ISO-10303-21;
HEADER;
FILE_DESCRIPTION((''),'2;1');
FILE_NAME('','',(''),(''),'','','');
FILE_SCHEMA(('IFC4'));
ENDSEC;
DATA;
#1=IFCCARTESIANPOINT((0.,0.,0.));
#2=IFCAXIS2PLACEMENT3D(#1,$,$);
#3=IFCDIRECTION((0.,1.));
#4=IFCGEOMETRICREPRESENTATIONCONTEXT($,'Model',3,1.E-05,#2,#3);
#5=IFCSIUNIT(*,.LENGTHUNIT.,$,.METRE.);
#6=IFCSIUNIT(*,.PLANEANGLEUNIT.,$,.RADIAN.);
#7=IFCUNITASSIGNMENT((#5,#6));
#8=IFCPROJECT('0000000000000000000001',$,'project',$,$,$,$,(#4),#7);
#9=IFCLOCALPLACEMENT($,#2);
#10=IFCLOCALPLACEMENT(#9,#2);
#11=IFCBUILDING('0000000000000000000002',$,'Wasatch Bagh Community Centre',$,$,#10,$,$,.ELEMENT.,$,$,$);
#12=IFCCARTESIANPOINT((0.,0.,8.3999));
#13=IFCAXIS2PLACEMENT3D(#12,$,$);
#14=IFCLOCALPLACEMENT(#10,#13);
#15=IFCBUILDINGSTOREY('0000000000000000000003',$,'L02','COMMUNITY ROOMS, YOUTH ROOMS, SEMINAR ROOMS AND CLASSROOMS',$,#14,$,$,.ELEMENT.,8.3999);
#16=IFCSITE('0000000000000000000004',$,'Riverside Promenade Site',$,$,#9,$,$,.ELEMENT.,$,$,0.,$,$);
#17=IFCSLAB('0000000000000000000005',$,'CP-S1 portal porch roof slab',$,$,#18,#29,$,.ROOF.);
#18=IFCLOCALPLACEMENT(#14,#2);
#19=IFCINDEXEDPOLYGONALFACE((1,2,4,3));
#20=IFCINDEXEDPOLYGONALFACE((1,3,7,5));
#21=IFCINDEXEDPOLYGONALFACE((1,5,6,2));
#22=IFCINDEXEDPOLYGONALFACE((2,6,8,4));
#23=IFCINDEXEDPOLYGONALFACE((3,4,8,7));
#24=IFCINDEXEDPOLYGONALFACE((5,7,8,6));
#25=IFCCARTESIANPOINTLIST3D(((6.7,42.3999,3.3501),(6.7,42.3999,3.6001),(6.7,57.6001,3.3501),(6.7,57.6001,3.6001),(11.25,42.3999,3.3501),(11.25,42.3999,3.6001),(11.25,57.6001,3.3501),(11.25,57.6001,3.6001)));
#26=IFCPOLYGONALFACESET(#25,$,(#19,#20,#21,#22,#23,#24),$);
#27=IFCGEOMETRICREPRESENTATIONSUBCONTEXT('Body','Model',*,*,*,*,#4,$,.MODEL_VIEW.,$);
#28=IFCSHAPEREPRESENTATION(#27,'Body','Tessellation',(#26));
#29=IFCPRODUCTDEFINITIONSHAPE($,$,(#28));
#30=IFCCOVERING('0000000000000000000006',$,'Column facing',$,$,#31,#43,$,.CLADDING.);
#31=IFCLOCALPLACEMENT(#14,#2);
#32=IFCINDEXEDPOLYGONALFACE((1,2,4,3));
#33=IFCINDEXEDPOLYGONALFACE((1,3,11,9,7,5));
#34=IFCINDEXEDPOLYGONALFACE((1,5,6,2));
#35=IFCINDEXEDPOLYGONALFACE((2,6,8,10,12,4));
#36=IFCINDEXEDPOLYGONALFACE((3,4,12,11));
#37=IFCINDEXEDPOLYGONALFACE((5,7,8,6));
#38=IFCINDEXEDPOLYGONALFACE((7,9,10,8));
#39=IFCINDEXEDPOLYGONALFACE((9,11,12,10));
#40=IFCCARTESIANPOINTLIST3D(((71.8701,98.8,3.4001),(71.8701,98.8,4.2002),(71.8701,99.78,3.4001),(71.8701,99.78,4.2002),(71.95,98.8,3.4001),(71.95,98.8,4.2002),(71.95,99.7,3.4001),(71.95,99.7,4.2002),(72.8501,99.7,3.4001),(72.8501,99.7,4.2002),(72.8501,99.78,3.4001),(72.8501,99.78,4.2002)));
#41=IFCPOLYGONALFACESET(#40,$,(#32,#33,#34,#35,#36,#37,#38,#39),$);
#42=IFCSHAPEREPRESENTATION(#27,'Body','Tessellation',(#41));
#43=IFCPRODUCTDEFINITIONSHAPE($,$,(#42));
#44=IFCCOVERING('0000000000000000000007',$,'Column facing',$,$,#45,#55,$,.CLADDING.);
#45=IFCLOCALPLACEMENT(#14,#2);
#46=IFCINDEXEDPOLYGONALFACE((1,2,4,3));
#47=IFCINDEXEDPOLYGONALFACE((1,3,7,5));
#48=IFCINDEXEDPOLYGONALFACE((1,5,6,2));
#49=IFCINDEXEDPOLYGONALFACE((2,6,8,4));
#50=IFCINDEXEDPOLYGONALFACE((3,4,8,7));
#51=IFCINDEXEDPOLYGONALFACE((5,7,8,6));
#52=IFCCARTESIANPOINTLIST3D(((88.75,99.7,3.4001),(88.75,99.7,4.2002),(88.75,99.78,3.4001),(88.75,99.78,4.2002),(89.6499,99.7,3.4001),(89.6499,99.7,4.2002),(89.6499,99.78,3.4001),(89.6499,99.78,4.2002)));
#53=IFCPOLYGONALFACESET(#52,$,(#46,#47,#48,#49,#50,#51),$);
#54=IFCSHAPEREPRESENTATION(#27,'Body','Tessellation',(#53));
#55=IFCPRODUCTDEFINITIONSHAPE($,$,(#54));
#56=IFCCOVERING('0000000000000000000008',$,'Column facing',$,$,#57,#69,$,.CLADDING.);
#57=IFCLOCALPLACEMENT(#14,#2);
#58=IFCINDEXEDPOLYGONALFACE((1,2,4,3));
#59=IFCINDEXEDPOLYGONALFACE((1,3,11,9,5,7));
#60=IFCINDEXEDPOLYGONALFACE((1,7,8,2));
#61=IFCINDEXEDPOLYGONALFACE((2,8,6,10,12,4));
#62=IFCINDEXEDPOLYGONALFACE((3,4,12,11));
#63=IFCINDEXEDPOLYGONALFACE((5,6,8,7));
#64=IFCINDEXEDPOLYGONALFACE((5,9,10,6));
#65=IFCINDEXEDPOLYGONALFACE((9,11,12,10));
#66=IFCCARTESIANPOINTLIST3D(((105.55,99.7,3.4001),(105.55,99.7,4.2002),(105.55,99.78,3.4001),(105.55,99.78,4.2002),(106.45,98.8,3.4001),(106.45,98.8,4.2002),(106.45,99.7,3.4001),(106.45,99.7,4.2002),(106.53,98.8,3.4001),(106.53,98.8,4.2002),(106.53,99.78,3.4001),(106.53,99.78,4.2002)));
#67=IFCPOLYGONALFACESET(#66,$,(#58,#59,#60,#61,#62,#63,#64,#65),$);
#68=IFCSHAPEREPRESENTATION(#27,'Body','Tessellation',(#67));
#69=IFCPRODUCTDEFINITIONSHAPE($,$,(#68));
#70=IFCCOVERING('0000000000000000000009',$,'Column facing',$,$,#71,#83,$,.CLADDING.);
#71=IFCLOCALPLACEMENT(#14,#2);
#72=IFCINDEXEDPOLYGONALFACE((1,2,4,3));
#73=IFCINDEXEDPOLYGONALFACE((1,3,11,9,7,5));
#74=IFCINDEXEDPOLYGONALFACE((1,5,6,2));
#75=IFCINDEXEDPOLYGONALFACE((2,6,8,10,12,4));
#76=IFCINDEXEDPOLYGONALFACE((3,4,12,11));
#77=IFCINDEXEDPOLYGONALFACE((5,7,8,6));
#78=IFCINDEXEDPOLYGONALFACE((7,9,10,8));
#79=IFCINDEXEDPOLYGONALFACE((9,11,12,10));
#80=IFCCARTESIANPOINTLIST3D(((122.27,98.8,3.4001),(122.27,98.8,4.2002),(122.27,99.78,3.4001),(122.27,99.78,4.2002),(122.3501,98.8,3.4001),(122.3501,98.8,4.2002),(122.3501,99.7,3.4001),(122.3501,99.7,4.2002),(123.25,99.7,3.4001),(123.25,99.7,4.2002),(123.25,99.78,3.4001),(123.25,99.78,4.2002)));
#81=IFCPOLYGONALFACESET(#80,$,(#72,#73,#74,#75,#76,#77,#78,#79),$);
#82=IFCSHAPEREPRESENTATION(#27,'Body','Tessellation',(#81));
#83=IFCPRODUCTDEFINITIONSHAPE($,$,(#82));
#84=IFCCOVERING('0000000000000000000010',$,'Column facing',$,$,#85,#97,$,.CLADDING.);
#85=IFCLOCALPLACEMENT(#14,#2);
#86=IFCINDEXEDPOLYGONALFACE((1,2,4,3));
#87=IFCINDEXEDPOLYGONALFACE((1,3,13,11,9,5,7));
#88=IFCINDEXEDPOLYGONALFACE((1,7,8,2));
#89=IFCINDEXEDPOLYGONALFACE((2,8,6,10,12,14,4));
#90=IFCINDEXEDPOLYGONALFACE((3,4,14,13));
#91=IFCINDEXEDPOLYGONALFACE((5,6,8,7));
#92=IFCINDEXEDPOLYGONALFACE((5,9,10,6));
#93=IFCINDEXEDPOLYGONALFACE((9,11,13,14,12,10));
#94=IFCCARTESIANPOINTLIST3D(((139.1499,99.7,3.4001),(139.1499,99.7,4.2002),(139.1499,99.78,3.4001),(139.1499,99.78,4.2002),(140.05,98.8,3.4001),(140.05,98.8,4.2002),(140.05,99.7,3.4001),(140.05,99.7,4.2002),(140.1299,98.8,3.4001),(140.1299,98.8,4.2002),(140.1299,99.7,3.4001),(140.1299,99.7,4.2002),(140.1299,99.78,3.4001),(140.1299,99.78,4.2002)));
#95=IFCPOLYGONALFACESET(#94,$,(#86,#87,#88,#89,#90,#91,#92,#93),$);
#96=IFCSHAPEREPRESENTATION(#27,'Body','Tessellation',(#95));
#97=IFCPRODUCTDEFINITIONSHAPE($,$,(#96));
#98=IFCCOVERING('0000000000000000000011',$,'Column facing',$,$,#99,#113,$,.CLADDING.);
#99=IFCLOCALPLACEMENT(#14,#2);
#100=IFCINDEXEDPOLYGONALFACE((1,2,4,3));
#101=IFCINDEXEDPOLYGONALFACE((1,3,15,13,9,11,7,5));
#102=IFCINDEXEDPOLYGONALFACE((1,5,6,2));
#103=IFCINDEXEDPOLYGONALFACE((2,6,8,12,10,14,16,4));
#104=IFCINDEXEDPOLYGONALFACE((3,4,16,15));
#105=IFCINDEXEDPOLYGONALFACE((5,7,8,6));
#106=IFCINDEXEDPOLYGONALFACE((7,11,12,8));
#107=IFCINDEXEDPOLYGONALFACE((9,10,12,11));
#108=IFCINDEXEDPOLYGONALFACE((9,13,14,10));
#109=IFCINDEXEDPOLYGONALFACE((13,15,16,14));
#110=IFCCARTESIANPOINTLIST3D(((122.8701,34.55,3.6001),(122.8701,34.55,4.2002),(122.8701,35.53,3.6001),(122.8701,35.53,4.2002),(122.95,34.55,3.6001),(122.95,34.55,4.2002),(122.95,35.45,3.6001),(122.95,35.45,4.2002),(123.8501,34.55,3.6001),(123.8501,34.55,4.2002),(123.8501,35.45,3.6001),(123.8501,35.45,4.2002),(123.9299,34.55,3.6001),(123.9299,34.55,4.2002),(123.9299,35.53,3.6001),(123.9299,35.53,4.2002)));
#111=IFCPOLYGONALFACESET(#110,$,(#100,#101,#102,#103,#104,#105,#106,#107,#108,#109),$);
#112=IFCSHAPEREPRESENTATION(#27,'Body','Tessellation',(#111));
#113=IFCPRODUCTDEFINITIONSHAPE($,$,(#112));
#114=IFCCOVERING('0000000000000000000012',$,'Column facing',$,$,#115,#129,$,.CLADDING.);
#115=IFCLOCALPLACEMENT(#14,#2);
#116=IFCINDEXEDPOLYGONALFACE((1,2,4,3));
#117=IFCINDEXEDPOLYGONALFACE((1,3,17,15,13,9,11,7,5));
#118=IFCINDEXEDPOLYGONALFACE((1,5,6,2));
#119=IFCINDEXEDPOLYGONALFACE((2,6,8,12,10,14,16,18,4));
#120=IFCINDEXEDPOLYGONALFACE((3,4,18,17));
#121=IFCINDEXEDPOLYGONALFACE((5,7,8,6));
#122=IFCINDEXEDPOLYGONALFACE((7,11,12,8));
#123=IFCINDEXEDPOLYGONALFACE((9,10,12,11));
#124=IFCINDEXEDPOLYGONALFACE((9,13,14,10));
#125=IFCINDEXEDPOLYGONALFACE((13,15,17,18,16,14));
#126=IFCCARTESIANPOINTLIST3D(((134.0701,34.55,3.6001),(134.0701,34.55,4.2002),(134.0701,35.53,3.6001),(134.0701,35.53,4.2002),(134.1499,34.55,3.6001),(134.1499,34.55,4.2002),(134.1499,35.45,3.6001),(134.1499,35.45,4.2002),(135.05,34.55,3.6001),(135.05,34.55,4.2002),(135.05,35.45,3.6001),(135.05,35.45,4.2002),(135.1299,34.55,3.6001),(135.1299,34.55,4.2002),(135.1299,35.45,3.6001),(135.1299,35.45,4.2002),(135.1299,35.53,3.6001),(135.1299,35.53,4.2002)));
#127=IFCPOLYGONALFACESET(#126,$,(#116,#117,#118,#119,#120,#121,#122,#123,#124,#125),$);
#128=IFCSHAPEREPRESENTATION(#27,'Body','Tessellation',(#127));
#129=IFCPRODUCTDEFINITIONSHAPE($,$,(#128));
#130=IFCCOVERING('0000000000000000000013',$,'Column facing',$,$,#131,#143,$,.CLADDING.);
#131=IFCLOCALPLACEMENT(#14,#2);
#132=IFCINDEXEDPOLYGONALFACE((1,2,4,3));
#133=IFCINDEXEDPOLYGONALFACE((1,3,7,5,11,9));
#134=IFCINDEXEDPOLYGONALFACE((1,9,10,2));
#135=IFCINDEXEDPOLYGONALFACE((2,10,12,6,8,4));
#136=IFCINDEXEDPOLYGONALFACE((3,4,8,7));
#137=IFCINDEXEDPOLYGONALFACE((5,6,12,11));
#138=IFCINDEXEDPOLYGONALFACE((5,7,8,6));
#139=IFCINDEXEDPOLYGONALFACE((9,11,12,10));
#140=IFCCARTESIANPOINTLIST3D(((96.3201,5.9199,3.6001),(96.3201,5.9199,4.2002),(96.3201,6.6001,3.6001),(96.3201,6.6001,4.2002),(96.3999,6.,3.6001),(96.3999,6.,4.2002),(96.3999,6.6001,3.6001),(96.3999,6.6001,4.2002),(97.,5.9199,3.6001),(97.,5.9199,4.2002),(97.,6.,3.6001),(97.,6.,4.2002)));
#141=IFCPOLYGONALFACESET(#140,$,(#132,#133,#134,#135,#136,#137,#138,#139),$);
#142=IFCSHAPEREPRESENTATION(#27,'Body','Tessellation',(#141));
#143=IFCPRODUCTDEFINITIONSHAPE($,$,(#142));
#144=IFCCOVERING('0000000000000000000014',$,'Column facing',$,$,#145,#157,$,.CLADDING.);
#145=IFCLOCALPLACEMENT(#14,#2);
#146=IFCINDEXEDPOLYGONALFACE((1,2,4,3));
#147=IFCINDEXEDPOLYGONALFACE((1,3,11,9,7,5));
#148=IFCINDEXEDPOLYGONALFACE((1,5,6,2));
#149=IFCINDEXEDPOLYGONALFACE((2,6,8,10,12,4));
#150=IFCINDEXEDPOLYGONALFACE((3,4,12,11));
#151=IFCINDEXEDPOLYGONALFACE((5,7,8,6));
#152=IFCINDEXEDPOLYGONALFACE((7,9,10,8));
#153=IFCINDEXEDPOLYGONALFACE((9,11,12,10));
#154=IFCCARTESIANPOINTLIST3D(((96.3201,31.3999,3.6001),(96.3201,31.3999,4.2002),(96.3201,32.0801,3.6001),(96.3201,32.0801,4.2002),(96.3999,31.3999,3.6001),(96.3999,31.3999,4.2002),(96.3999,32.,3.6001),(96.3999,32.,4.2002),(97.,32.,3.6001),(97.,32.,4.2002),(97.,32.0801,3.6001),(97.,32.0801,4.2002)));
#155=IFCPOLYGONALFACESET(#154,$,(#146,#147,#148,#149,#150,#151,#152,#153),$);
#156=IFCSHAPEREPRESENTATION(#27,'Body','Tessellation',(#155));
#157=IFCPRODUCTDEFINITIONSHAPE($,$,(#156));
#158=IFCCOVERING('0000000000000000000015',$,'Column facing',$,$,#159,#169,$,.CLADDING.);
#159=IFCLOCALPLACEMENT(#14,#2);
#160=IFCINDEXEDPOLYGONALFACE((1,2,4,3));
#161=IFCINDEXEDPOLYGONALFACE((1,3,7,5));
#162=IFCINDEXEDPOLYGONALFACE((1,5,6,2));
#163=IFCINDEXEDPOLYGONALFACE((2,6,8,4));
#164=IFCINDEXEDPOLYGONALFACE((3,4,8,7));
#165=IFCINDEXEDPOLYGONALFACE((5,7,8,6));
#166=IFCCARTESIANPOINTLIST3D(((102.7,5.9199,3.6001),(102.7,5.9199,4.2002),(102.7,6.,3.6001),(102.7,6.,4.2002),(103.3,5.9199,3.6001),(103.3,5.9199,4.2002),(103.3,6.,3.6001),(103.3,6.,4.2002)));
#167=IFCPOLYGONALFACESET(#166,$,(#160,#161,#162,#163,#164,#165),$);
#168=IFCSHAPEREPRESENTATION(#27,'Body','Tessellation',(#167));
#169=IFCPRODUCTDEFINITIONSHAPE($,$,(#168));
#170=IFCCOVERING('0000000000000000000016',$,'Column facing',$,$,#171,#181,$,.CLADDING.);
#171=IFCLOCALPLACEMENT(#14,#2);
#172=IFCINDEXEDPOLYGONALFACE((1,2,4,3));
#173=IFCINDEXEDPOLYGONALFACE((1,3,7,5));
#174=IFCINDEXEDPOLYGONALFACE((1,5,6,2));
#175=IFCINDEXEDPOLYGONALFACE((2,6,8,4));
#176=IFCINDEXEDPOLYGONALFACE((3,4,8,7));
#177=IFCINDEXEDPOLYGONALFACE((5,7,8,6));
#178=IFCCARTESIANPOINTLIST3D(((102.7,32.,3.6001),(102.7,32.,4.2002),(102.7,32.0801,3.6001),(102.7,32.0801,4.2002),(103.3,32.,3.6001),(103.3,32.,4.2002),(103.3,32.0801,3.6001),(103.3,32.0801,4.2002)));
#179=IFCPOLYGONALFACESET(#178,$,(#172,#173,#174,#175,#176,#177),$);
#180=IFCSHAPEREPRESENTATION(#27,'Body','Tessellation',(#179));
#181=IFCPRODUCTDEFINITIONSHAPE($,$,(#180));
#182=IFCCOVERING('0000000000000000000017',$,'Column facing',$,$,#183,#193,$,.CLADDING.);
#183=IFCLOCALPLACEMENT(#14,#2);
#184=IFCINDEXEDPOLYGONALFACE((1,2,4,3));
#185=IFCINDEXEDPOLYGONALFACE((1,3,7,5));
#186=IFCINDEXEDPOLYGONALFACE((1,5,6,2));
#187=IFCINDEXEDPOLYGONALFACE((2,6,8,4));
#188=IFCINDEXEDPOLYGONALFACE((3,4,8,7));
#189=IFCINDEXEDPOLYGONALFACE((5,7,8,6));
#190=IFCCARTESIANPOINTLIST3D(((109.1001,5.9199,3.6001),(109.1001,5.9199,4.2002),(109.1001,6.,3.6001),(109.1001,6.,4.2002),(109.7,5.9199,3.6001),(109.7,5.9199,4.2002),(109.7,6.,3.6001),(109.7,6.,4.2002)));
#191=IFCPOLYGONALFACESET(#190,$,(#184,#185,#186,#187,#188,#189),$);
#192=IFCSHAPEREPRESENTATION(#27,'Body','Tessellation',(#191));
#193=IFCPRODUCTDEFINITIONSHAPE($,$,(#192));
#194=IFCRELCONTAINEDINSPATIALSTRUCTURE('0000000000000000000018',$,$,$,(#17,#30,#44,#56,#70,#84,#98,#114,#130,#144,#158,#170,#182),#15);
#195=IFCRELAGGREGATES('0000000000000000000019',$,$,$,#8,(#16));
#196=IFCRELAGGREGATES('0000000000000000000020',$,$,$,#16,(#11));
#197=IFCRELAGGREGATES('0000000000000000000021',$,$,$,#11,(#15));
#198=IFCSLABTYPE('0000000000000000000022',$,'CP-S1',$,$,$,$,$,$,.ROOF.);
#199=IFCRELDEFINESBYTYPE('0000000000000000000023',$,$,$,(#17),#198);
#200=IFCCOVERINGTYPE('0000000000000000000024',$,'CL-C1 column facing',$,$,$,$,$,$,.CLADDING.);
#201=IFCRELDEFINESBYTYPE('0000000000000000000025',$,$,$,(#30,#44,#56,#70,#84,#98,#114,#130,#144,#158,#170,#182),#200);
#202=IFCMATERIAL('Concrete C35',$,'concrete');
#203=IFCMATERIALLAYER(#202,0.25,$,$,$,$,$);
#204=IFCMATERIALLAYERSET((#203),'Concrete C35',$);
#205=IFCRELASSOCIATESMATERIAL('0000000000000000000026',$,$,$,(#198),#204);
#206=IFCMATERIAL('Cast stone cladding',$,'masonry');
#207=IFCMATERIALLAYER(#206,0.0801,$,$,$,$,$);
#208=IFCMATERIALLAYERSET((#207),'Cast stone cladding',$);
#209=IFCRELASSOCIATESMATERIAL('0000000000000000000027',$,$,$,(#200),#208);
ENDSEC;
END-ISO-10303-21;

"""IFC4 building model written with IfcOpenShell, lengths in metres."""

from ifc_helpers import new_model, si_unit, direction, frame, origin, place, context, subcontext, project, spatial, polyline, outline, extrude, material, layer, layer_set, type_object, element, save


model = new_model("IFC4")

# Units and contexts
model_context = context("Model", 3, precision=1e-05, world=origin(), true_north=direction((0.0, 1.0)))
body_context = subcontext(model_context, "Body", "Model", "MODEL_VIEW")
ifc_project = project(units=[si_unit("LENGTHUNIT", "METRE"), si_unit("PLANEANGLEUNIT", "RADIAN")], contexts=[model_context])

# Site, building, storey
site_placement = place(None, origin())
site = spatial("IfcSite", under=ifc_project, at=site_placement, Name="Riverside Promenade Site", CompositionType="ELEMENT", RefElevation=0.0)
building_placement = place(site_placement, origin())
building = spatial("IfcBuilding", under=site, at=building_placement, Name="Wasatch Bagh Community Centre", CompositionType="ELEMENT")
storey_placement = place(building_placement, frame((0.0, 0.0, 8.3999)))
storey = spatial("IfcBuildingStorey", under=building, at=storey_placement, Name="L02", Description="COMMUNITY ROOMS, YOUTH ROOMS, SEMINAR ROOMS AND CLASSROOMS", CompositionType="ELEMENT", Elevation=8.3999)

# Slab
ifc_material_1 = material(Name="Concrete C35", Category="concrete")
ifc_layer_1 = layer(ifc_material_1, 0.25)
ifc_layer_set_1 = layer_set([ifc_layer_1], Name="Concrete C35")
slab_type = type_object("IfcSlabType", Name="CP-S1", PredefinedType="ROOF", material=ifc_layer_set_1)
slab_placement = place(storey_placement, frame((0.0, 0.0, 3.3501)))
element("IfcSlab", 1, at=slab_placement, inside=storey, type_object=slab_type, Name="CP-S1 portal porch roof slab", PredefinedType="ROOF", context=body_context, shape_type="SweptSolid", body=[
    extrude(outline(polyline([(6.7, 42.3999), (11.25, 42.3999), (11.25, 57.6001), (6.7, 57.6001), (6.7, 42.3999)])), origin(), (0.0, 0.0, 1.0), 0.25),
])

# Coverings
ifc_material_2 = material(Name="Cast stone cladding", Category="masonry")
ifc_layer_2 = layer(ifc_material_2, 0.0801)
ifc_layer_set_2 = layer_set([ifc_layer_2], Name="Cast stone cladding")
covering_type = type_object("IfcCoveringType", Name="CL-C1 column facing", PredefinedType="CLADDING", material=ifc_layer_set_2)
covering_1_placement = place(storey_placement, frame((0.0, 0.0, 3.4001)))
element("IfcCovering", 2, at=covering_1_placement, inside=storey, type_object=covering_type, Name="Column facing", PredefinedType="CLADDING", context=body_context, shape_type="SweptSolid", body=[
    extrude(outline(polyline([(71.95, 98.8), (71.8701, 98.8), (71.8701, 99.78), (72.8501, 99.78), (72.8501, 99.7), (71.95, 99.7), (71.95, 98.8)])), origin(), (0.0, 0.0, 1.0), 0.8),
])
covering_2_placement = place(storey_placement, frame((0.0, 0.0, 3.4001)))
element("IfcCovering", 3, at=covering_2_placement, inside=storey, type_object=covering_type, Name="Column facing", PredefinedType="CLADDING", context=body_context, shape_type="SweptSolid", body=[
    extrude(outline(polyline([(89.6499, 99.7), (88.75, 99.7), (88.75, 99.78), (89.6499, 99.78), (89.6499, 99.7)])), origin(), (0.0, 0.0, 1.0), 0.8),
])
covering_3_placement = place(storey_placement, frame((0.0, 0.0, 3.4001)))
element("IfcCovering", 4, at=covering_3_placement, inside=storey, type_object=covering_type, Name="Column facing", PredefinedType="CLADDING", context=body_context, shape_type="SweptSolid", body=[
    extrude(outline(polyline([(106.45, 99.7), (105.55, 99.7), (105.55, 99.78), (106.53, 99.78), (106.53, 98.8), (106.45, 98.8), (106.45, 99.7)])), origin(), (0.0, 0.0, 1.0), 0.8),
])
covering_4_placement = place(storey_placement, frame((0.0, 0.0, 3.4001)))
element("IfcCovering", 5, at=covering_4_placement, inside=storey, type_object=covering_type, Name="Column facing", PredefinedType="CLADDING", context=body_context, shape_type="SweptSolid", body=[
    extrude(outline(polyline([(122.3501, 98.8), (122.27, 98.8), (122.27, 99.78), (123.25, 99.78), (123.25, 99.7), (122.3501, 99.7), (122.3501, 98.8)])), origin(), (0.0, 0.0, 1.0), 0.8),
])
covering_5_placement = place(storey_placement, frame((0.0, 0.0, 3.4001)))
element("IfcCovering", 6, at=covering_5_placement, inside=storey, type_object=covering_type, Name="Column facing", PredefinedType="CLADDING", context=body_context, shape_type="SweptSolid", body=[
    extrude(outline(polyline([(140.05, 99.7), (139.1499, 99.7), (139.1499, 99.78), (140.1299, 99.78), (140.1299, 99.7), (140.1299, 98.8), (140.05, 98.8), (140.05, 99.7)])), origin(), (0.0, 0.0, 1.0), 0.8),
])
covering_6_placement = place(storey_placement, frame((0.0, 0.0, 3.6001)))
element("IfcCovering", 7, at=covering_6_placement, inside=storey, type_object=covering_type, Name="Column facing", PredefinedType="CLADDING", context=body_context, shape_type="SweptSolid", body=[
    extrude(outline(polyline([(122.8701, 34.55), (122.8701, 35.53), (123.9299, 35.53), (123.9299, 34.55), (123.8501, 34.55), (123.8501, 35.45), (122.95, 35.45), (122.95, 34.55), (122.8701, 34.55)])), origin(), (0.0, 0.0, 1.0), 0.6001),
])
covering_7_placement = place(storey_placement, frame((0.0, 0.0, 3.6001)))
element("IfcCovering", 8, at=covering_7_placement, inside=storey, type_object=covering_type, Name="Column facing", PredefinedType="CLADDING", context=body_context, shape_type="SweptSolid", body=[
    extrude(outline(polyline([(134.0701, 34.55), (134.0701, 35.53), (135.1299, 35.53), (135.1299, 35.45), (135.1299, 34.55), (135.05, 34.55), (135.05, 35.45), (134.1499, 35.45), (134.1499, 34.55), (134.0701, 34.55)])), origin(), (0.0, 0.0, 1.0), 0.6001),
])
covering_8_placement = place(storey_placement, frame((0.0, 0.0, 3.6001)))
element("IfcCovering", 9, at=covering_8_placement, inside=storey, type_object=covering_type, Name="Column facing", PredefinedType="CLADDING", context=body_context, shape_type="SweptSolid", body=[
    extrude(outline(polyline([(96.3201, 5.9199), (96.3201, 6.6001), (96.3999, 6.6001), (96.3999, 6.0), (97.0, 6.0), (97.0, 5.9199), (96.3201, 5.9199)])), origin(), (0.0, 0.0, 1.0), 0.6001),
])
covering_9_placement = place(storey_placement, frame((0.0, 0.0, 3.6001)))
element("IfcCovering", 10, at=covering_9_placement, inside=storey, type_object=covering_type, Name="Column facing", PredefinedType="CLADDING", context=body_context, shape_type="SweptSolid", body=[
    extrude(outline(polyline([(96.3999, 31.3999), (96.3201, 31.3999), (96.3201, 32.0801), (97.0, 32.0801), (97.0, 32.0), (96.3999, 32.0), (96.3999, 31.3999)])), origin(), (0.0, 0.0, 1.0), 0.6001),
])
covering_10_placement = place(storey_placement, frame((0.0, 0.0, 3.6001)))
element("IfcCovering", 11, at=covering_10_placement, inside=storey, type_object=covering_type, Name="Column facing", PredefinedType="CLADDING", context=body_context, shape_type="SweptSolid", body=[
    extrude(outline(polyline([(102.7, 6.0), (103.3, 6.0), (103.3, 5.9199), (102.7, 5.9199), (102.7, 6.0)])), origin(), (0.0, 0.0, 1.0), 0.6001),
])
covering_11_placement = place(storey_placement, frame((0.0, 0.0, 3.6001)))
element("IfcCovering", 12, at=covering_11_placement, inside=storey, type_object=covering_type, Name="Column facing", PredefinedType="CLADDING", context=body_context, shape_type="SweptSolid", body=[
    extrude(outline(polyline([(103.3, 32.0), (102.7, 32.0), (102.7, 32.0801), (103.3, 32.0801), (103.3, 32.0)])), origin(), (0.0, 0.0, 1.0), 0.6001),
])
covering_12_placement = place(storey_placement, frame((0.0, 0.0, 3.6001)))
element("IfcCovering", 13, at=covering_12_placement, inside=storey, type_object=covering_type, Name="Column facing", PredefinedType="CLADDING", context=body_context, shape_type="SweptSolid", body=[
    extrude(outline(polyline([(109.1001, 6.0), (109.7, 6.0), (109.7, 5.9199), (109.1001, 5.9199), (109.1001, 6.0)])), origin(), (0.0, 0.0, 1.0), 0.6001),
])

save(model, "model.ifc")
